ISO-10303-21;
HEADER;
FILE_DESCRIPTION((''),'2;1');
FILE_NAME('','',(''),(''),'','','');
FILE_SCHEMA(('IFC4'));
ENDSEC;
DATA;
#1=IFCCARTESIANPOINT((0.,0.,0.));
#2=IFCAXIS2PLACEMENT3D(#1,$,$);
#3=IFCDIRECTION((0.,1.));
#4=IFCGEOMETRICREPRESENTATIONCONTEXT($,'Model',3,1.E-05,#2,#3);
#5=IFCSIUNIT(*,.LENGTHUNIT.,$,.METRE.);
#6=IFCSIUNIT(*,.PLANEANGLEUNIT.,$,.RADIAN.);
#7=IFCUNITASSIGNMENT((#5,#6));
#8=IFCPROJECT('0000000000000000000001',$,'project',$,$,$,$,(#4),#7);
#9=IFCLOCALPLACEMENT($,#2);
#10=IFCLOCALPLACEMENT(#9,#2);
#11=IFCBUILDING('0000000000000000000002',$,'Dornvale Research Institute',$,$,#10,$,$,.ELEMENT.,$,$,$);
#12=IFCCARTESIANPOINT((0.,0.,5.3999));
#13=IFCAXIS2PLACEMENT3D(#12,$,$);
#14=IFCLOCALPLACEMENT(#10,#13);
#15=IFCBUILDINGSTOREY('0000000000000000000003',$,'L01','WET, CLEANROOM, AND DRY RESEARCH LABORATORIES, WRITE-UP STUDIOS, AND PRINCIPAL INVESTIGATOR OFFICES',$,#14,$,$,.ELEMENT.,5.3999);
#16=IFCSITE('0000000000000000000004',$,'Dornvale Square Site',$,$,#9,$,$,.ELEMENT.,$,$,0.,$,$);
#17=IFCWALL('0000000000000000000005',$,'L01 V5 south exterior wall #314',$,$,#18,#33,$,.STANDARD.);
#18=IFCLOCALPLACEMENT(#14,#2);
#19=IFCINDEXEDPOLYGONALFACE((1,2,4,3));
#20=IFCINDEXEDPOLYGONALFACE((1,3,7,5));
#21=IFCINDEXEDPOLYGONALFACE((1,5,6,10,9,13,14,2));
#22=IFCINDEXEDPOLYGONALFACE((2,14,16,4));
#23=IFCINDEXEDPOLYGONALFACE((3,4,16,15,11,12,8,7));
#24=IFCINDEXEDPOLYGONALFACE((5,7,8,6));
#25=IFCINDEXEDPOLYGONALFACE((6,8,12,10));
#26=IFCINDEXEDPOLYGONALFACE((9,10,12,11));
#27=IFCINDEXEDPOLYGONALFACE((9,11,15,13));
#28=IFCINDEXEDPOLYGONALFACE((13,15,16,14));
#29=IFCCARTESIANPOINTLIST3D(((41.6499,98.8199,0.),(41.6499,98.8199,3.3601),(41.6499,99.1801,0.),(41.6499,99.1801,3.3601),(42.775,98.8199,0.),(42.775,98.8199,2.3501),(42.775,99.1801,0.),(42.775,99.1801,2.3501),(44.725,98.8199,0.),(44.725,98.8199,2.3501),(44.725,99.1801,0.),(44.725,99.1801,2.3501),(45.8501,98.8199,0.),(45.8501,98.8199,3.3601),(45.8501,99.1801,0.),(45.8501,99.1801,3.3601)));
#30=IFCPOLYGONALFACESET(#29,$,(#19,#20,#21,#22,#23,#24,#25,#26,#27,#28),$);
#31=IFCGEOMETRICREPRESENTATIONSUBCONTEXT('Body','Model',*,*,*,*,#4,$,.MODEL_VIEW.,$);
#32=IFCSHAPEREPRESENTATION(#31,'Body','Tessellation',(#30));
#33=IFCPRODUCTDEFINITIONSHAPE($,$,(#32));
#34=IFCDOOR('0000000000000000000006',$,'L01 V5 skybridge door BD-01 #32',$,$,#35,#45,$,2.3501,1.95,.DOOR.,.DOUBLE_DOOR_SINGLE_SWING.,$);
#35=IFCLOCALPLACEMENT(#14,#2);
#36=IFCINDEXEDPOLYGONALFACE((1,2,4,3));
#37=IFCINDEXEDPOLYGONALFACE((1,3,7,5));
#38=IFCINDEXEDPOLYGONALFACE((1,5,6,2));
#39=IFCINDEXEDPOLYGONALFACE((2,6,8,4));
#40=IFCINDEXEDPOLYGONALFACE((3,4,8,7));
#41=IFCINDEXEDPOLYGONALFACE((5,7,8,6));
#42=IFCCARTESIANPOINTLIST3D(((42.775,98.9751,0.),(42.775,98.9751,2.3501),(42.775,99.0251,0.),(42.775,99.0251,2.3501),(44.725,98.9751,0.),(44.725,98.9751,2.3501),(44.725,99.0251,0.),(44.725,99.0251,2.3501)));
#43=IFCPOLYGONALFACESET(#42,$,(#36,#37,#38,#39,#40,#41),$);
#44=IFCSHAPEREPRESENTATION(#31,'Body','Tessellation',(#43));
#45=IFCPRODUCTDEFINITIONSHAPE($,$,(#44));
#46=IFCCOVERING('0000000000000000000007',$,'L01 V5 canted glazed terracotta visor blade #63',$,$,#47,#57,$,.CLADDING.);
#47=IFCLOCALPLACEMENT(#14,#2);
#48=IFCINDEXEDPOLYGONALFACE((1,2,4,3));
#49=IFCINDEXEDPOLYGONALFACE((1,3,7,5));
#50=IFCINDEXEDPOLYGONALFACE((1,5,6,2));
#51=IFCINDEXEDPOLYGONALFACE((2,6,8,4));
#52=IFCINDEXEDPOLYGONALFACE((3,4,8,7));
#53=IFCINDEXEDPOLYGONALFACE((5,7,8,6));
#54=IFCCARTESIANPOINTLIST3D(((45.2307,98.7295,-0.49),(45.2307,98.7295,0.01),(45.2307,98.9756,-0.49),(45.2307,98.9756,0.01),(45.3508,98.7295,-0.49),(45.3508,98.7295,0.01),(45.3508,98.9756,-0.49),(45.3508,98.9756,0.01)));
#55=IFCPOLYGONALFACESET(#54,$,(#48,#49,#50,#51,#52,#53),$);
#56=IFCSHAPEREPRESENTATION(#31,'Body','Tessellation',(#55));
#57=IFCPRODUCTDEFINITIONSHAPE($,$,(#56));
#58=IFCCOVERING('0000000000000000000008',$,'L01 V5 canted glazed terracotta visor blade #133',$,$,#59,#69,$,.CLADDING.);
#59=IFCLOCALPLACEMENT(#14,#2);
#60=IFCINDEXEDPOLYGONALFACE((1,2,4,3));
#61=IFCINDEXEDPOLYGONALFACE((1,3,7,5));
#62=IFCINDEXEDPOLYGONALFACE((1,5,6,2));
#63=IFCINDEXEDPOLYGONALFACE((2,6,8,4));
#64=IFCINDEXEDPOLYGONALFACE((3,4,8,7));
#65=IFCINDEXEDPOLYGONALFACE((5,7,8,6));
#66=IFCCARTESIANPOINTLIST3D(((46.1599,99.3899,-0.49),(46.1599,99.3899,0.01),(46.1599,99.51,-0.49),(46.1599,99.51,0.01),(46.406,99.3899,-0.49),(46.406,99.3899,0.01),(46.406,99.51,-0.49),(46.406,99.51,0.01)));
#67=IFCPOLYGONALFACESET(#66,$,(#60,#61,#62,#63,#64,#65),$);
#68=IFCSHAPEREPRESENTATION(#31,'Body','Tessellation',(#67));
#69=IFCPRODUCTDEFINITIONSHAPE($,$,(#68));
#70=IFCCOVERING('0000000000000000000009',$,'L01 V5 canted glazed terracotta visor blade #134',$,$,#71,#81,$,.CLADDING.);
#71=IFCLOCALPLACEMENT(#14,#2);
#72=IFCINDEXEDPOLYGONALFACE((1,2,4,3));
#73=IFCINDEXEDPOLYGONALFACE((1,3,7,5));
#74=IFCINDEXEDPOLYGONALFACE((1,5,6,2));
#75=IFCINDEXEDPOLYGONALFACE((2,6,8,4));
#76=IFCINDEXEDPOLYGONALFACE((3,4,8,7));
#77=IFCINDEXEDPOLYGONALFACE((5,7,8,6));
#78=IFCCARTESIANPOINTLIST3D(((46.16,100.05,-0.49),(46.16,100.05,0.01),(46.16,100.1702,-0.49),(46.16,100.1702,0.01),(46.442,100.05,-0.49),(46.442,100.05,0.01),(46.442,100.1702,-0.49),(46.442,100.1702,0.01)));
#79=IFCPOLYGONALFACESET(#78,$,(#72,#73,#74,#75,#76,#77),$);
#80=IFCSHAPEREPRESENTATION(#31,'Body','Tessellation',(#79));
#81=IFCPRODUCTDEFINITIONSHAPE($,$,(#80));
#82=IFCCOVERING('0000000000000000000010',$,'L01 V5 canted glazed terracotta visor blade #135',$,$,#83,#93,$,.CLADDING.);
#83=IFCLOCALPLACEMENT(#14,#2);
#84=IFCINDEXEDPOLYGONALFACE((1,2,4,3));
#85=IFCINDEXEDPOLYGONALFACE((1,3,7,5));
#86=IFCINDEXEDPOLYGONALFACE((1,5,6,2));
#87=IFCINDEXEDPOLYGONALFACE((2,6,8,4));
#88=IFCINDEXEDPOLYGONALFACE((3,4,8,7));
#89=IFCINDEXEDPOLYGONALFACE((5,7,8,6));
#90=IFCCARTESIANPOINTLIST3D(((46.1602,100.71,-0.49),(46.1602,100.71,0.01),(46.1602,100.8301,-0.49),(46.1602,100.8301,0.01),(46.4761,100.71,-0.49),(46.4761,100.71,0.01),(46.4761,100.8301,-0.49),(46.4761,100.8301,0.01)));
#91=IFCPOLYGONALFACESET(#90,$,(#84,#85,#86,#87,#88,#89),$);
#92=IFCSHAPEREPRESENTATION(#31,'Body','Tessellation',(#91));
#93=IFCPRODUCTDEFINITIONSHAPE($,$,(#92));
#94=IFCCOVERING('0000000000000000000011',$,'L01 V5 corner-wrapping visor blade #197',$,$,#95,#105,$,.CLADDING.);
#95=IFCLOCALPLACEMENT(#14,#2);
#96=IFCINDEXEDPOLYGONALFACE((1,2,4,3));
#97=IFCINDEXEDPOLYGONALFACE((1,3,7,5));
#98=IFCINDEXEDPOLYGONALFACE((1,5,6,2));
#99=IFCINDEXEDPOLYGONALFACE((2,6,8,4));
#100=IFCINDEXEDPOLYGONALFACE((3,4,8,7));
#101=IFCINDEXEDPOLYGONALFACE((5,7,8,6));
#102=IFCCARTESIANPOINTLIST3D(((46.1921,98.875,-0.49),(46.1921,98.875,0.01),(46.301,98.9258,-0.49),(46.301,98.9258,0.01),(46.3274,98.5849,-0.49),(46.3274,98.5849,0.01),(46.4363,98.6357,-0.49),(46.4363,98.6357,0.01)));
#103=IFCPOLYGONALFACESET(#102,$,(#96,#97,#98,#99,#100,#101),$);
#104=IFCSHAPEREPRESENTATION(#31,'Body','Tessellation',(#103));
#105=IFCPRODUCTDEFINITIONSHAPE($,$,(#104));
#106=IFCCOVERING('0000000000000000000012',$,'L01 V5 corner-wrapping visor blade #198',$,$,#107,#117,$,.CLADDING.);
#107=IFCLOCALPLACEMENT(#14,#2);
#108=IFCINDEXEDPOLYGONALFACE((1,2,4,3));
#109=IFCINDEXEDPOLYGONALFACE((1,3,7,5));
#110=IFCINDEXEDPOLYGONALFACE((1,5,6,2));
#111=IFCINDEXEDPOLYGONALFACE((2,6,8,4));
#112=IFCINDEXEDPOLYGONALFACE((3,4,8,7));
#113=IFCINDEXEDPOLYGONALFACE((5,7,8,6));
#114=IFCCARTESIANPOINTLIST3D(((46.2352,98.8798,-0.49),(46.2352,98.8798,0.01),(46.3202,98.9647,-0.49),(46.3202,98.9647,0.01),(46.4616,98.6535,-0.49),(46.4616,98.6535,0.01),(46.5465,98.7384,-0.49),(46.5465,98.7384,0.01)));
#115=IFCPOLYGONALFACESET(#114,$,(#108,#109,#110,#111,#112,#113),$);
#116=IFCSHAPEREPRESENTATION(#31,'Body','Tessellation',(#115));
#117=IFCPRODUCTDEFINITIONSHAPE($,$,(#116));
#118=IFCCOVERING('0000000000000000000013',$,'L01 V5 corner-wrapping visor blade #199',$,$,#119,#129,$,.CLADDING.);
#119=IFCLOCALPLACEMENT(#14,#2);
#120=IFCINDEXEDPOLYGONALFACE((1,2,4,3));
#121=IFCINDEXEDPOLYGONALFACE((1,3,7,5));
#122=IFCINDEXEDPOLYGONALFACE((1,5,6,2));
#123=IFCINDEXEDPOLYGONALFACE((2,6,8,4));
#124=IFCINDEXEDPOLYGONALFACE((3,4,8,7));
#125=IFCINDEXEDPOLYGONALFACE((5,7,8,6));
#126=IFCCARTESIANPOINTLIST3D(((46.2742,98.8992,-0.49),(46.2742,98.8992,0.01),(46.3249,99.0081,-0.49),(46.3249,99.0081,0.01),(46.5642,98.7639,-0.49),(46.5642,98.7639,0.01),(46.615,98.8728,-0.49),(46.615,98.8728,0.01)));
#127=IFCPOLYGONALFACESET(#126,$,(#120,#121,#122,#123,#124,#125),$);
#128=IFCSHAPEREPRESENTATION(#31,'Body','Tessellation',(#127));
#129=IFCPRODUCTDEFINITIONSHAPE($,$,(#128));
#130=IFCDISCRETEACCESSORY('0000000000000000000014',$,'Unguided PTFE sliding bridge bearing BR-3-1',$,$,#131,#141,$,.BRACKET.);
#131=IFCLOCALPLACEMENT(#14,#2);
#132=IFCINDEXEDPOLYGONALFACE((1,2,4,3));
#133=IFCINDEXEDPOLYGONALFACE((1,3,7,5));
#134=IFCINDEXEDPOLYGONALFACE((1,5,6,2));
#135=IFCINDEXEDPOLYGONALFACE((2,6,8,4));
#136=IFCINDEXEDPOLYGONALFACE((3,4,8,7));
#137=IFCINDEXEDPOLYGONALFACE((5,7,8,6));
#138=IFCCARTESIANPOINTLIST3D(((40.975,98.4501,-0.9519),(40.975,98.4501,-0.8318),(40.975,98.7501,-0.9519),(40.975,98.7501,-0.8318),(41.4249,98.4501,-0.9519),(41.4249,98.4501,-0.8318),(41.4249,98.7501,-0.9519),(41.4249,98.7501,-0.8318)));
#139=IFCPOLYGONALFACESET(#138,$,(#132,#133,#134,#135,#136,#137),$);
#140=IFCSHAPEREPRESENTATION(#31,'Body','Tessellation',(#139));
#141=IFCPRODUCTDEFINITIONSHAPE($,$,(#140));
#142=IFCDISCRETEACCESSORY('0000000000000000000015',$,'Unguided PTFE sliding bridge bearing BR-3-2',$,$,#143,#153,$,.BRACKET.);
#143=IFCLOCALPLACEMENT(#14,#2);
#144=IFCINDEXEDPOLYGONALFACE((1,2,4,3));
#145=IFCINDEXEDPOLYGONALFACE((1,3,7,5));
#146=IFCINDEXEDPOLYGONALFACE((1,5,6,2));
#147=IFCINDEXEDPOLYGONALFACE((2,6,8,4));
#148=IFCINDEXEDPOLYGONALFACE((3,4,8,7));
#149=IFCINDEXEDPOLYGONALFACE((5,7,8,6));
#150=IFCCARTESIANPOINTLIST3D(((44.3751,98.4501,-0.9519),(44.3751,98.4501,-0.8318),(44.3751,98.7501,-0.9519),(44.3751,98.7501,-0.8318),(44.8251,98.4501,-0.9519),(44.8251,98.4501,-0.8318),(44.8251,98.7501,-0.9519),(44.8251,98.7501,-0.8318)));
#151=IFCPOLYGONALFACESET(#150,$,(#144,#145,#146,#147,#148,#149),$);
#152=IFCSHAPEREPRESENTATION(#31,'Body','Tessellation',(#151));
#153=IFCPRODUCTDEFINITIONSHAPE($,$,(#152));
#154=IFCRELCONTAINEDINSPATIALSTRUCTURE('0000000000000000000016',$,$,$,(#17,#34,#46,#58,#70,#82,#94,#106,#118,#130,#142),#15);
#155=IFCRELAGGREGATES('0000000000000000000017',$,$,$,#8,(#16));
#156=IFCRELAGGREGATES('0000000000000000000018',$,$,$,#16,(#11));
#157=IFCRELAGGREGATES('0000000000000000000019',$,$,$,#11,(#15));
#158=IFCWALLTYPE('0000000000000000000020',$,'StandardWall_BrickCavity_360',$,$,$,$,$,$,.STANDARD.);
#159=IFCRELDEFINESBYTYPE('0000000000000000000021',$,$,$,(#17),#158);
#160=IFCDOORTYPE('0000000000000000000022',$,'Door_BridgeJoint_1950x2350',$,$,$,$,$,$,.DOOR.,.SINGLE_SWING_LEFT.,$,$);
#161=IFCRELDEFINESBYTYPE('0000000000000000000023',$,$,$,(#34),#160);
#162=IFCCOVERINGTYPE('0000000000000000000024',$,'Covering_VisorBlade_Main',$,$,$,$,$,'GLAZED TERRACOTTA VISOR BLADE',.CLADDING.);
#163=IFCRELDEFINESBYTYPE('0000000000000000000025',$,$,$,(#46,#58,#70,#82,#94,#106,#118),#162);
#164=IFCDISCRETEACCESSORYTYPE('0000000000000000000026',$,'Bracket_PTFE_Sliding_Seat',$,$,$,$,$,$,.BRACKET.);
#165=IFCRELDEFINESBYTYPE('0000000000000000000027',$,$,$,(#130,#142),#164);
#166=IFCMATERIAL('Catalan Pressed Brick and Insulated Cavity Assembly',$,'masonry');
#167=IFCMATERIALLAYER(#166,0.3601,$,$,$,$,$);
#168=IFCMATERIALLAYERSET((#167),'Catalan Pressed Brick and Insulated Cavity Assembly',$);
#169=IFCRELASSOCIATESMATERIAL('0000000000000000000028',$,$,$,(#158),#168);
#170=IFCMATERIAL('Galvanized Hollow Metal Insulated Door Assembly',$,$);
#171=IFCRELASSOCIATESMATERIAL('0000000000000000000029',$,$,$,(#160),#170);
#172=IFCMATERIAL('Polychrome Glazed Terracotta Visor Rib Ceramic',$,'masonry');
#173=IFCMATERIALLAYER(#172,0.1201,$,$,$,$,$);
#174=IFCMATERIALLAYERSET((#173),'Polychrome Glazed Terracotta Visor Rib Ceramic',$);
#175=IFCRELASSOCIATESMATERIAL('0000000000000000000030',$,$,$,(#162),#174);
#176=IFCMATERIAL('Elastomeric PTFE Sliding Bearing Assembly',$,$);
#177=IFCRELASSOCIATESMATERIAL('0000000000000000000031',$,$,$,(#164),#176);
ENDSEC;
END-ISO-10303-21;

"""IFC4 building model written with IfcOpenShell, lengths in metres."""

from ifc_helpers import new_model, si_unit, direction, frame, frame_2d, origin, origin_2d, place, context, subcontext, project, spatial, rectangle, extrude, material, layer, layer_set, type_object, element, fill, save


model = new_model("IFC4")

# Units and contexts
model_context = context("Model", 3, precision=1e-05, world=origin(), true_north=direction((0.0, 1.0)))
body_context = subcontext(model_context, "Body", "Model", "MODEL_VIEW")
ifc_project = project(units=[si_unit("LENGTHUNIT", "METRE"), si_unit("PLANEANGLEUNIT", "RADIAN")], contexts=[model_context])

# Site, building, storey
site_placement = place(None, origin())
site = spatial("IfcSite", under=ifc_project, at=site_placement, Name="Dornvale Square Site", CompositionType="ELEMENT", RefElevation=0.0)
building_placement = place(site_placement, origin())
building = spatial("IfcBuilding", under=site, at=building_placement, Name="Dornvale Research Institute", CompositionType="ELEMENT")
storey_placement = place(building_placement, frame((0.0, 0.0, 5.3999)))
storey = spatial("IfcBuildingStorey", under=building, at=storey_placement, Name="L01", Description="WET, CLEANROOM, AND DRY RESEARCH LABORATORIES, WRITE-UP STUDIOS, AND PRINCIPAL INVESTIGATOR OFFICES", CompositionType="ELEMENT", Elevation=5.3999)

# Wall, opening, door
ifc_material_1 = material(Name="Catalan Pressed Brick and Insulated Cavity Assembly", Category="masonry")
ifc_layer_1 = layer(ifc_material_1, 0.3601)
ifc_layer_set_1 = layer_set([ifc_layer_1], Name="Catalan Pressed Brick and Insulated Cavity Assembly")
wall_type_1 = type_object("IfcWallType", Name="StandardWall_BrickCavity_360", PredefinedType="STANDARD", material=ifc_layer_set_1)
wall_1_placement = place(storey_placement, frame((45.8501, 99.0, 0.0), z_axis=(0.0, 0.0, 1.0), x_axis=(-1.0, 0.0, 0.0)))
wall_1 = element("IfcWall", 1, at=wall_1_placement, inside=storey, type_object=wall_type_1, Name="L01 V5 south exterior wall #314", PredefinedType="STANDARD", context=body_context, shape_type="SweptSolid", body=[
    extrude(rectangle(XDim=4.2002, YDim=0.3601, at=frame_2d((2.1001, 0.0))), origin(), (0.0, 0.0, 1.0), 3.3601),
])
opening_placement = place(wall_1_placement, frame((1.125, 0.0, 0.0)))
opening = element("IfcOpeningElement", 2, at=opening_placement, cuts=wall_1, PredefinedType="OPENING", context=body_context, shape_type="SweptSolid", body=[
    extrude(rectangle(XDim=1.95, YDim=2.3501, at=frame_2d((0.9751, 1.175))), frame((0.0, 0.1951, 0.0), z_axis=(0.0, -1.0, 0.0), x_axis=(1.0, 0.0, 0.0)), (0.0, 0.0, 1.0), 0.3901),
])
ifc_material_2 = material(Name="Galvanized Hollow Metal Insulated Door Assembly")
door_type = type_object("IfcDoorType", Name="Door_BridgeJoint_1950x2350", OperationType="SINGLE_SWING_LEFT", PredefinedType="DOOR", material=ifc_material_2)
door_placement = place(opening_placement, origin())
door = element("IfcDoor", 3, at=door_placement, inside=storey, type_object=door_type, Name="L01 V5 skybridge door BD-01 #32", OperationType="DOUBLE_DOOR_SINGLE_SWING", OverallHeight=2.3501, OverallWidth=1.95, PredefinedType="DOOR", context=body_context, shape_type="SweptSolid", body=[
    extrude(rectangle(XDim=1.95, YDim=2.3501, at=frame_2d((0.9751, 1.175))), frame((0.0, 0.0249, 0.0), z_axis=(0.0, -1.0, 0.0), x_axis=(1.0, 0.0, 0.0)), (0.0, 0.0, 1.0), 0.05),
])
fill(opening, door)

# Coverings
ifc_material_3 = material(Name="Polychrome Glazed Terracotta Visor Rib Ceramic", Category="masonry")
ifc_layer_2 = layer(ifc_material_3, 0.1201)
ifc_layer_set_2 = layer_set([ifc_layer_2], Name="Polychrome Glazed Terracotta Visor Rib Ceramic")
covering_type = type_object("IfcCoveringType", Name="Covering_VisorBlade_Main", ElementType="GLAZED TERRACOTTA VISOR BLADE", PredefinedType="CLADDING", material=ifc_layer_set_2)
for number, where, z_axis, x_axis, name in (
    (4, (45.2908, 98.8525, -0.49), (0.0, 0.0, 1.0), (0.0, 1.0, 0.0), "L01 V5 canted glazed terracotta visor blade #63"),
    (5, (46.283, 99.45, -0.49), (0.0, 0.0, 1.0), (1.0, 0.0, 0.0), "L01 V5 canted glazed terracotta visor blade #133"),
):
    element("IfcCovering", number, at=place(storey_placement, frame(where, z_axis=z_axis, x_axis=x_axis)), inside=storey, type_object=covering_type, Name=name, PredefinedType="CLADDING", context=body_context, shape_type="SweptSolid", body=[
        extrude(rectangle(XDim=0.2461, YDim=0.1201, at=origin_2d()), origin(), (0.0, 0.0, 1.0), 0.5),
    ])
covering_1_placement = place(storey_placement, frame((46.301, 100.1101, -0.49), z_axis=(0.0, 0.0, 1.0), x_axis=(1.0, 0.0, 0.0)))
element("IfcCovering", 6, at=covering_1_placement, inside=storey, type_object=covering_type, Name="L01 V5 canted glazed terracotta visor blade #134", PredefinedType="CLADDING", context=body_context, shape_type="SweptSolid", body=[
    extrude(rectangle(XDim=0.282, YDim=0.1201, at=origin_2d()), origin(), (0.0, 0.0, 1.0), 0.5),
])
covering_2_placement = place(storey_placement, frame((46.3181, 100.77, -0.49), z_axis=(0.0, 0.0, 1.0), x_axis=(1.0, 0.0, 0.0)))
element("IfcCovering", 7, at=covering_2_placement, inside=storey, type_object=covering_type, Name="L01 V5 canted glazed terracotta visor blade #135", PredefinedType="CLADDING", context=body_context, shape_type="SweptSolid", body=[
    extrude(rectangle(XDim=0.3159, YDim=0.1201, at=origin_2d()), origin(), (0.0, 0.0, 1.0), 0.5),
])
for number, where, z_axis, x_axis, name in (
    (8, (46.3142, 98.7554, -0.49), (0.0, 0.0, 1.0), (0.422618, -0.906308, 0.0), "L01 V5 corner-wrapping visor blade #197"),
    (9, (46.3909, 98.8091, -0.49), (0.0, 0.0, 1.0), (0.707107, -0.707107, 0.0), "L01 V5 corner-wrapping visor blade #198"),
    (10, (46.4446, 98.886, -0.49), (0.0, 0.0, 1.0), (0.906308, -0.422618, 0.0), "L01 V5 corner-wrapping visor blade #199"),
):
    element("IfcCovering", number, at=place(storey_placement, frame(where, z_axis=z_axis, x_axis=x_axis)), inside=storey, type_object=covering_type, Name=name, PredefinedType="CLADDING", context=body_context, shape_type="SweptSolid", body=[
        extrude(rectangle(XDim=0.3201, YDim=0.1201, at=origin_2d()), origin(), (0.0, 0.0, 1.0), 0.5),
    ])

# Discrete accessories
ifc_material_4 = material(Name="Elastomeric PTFE Sliding Bearing Assembly")
discrete_accessory_type = type_object("IfcDiscreteAccessoryType", Name="Bracket_PTFE_Sliding_Seat", PredefinedType="BRACKET", material=ifc_material_4)
for number, where, z_axis, x_axis, name in (
    (11, (41.2, 98.6001, -0.9519), (0.0, 0.0, 1.0), (1.0, 0.0, 0.0), "Unguided PTFE sliding bridge bearing BR-3-1"),
    (12, (44.6001, 98.6001, -0.9519), (0.0, 0.0, 1.0), (1.0, 0.0, 0.0), "Unguided PTFE sliding bridge bearing BR-3-2"),
):
    element("IfcDiscreteAccessory", number, at=place(storey_placement, frame(where, z_axis=z_axis, x_axis=x_axis)), inside=storey, type_object=discrete_accessory_type, Name=name, PredefinedType="BRACKET", context=body_context, shape_type="SweptSolid", body=[
        extrude(rectangle(XDim=0.45, YDim=0.3, at=origin_2d()), origin(), (0.0, 0.0, 1.0), 0.1201),
    ])

save(model, "model.ifc")
